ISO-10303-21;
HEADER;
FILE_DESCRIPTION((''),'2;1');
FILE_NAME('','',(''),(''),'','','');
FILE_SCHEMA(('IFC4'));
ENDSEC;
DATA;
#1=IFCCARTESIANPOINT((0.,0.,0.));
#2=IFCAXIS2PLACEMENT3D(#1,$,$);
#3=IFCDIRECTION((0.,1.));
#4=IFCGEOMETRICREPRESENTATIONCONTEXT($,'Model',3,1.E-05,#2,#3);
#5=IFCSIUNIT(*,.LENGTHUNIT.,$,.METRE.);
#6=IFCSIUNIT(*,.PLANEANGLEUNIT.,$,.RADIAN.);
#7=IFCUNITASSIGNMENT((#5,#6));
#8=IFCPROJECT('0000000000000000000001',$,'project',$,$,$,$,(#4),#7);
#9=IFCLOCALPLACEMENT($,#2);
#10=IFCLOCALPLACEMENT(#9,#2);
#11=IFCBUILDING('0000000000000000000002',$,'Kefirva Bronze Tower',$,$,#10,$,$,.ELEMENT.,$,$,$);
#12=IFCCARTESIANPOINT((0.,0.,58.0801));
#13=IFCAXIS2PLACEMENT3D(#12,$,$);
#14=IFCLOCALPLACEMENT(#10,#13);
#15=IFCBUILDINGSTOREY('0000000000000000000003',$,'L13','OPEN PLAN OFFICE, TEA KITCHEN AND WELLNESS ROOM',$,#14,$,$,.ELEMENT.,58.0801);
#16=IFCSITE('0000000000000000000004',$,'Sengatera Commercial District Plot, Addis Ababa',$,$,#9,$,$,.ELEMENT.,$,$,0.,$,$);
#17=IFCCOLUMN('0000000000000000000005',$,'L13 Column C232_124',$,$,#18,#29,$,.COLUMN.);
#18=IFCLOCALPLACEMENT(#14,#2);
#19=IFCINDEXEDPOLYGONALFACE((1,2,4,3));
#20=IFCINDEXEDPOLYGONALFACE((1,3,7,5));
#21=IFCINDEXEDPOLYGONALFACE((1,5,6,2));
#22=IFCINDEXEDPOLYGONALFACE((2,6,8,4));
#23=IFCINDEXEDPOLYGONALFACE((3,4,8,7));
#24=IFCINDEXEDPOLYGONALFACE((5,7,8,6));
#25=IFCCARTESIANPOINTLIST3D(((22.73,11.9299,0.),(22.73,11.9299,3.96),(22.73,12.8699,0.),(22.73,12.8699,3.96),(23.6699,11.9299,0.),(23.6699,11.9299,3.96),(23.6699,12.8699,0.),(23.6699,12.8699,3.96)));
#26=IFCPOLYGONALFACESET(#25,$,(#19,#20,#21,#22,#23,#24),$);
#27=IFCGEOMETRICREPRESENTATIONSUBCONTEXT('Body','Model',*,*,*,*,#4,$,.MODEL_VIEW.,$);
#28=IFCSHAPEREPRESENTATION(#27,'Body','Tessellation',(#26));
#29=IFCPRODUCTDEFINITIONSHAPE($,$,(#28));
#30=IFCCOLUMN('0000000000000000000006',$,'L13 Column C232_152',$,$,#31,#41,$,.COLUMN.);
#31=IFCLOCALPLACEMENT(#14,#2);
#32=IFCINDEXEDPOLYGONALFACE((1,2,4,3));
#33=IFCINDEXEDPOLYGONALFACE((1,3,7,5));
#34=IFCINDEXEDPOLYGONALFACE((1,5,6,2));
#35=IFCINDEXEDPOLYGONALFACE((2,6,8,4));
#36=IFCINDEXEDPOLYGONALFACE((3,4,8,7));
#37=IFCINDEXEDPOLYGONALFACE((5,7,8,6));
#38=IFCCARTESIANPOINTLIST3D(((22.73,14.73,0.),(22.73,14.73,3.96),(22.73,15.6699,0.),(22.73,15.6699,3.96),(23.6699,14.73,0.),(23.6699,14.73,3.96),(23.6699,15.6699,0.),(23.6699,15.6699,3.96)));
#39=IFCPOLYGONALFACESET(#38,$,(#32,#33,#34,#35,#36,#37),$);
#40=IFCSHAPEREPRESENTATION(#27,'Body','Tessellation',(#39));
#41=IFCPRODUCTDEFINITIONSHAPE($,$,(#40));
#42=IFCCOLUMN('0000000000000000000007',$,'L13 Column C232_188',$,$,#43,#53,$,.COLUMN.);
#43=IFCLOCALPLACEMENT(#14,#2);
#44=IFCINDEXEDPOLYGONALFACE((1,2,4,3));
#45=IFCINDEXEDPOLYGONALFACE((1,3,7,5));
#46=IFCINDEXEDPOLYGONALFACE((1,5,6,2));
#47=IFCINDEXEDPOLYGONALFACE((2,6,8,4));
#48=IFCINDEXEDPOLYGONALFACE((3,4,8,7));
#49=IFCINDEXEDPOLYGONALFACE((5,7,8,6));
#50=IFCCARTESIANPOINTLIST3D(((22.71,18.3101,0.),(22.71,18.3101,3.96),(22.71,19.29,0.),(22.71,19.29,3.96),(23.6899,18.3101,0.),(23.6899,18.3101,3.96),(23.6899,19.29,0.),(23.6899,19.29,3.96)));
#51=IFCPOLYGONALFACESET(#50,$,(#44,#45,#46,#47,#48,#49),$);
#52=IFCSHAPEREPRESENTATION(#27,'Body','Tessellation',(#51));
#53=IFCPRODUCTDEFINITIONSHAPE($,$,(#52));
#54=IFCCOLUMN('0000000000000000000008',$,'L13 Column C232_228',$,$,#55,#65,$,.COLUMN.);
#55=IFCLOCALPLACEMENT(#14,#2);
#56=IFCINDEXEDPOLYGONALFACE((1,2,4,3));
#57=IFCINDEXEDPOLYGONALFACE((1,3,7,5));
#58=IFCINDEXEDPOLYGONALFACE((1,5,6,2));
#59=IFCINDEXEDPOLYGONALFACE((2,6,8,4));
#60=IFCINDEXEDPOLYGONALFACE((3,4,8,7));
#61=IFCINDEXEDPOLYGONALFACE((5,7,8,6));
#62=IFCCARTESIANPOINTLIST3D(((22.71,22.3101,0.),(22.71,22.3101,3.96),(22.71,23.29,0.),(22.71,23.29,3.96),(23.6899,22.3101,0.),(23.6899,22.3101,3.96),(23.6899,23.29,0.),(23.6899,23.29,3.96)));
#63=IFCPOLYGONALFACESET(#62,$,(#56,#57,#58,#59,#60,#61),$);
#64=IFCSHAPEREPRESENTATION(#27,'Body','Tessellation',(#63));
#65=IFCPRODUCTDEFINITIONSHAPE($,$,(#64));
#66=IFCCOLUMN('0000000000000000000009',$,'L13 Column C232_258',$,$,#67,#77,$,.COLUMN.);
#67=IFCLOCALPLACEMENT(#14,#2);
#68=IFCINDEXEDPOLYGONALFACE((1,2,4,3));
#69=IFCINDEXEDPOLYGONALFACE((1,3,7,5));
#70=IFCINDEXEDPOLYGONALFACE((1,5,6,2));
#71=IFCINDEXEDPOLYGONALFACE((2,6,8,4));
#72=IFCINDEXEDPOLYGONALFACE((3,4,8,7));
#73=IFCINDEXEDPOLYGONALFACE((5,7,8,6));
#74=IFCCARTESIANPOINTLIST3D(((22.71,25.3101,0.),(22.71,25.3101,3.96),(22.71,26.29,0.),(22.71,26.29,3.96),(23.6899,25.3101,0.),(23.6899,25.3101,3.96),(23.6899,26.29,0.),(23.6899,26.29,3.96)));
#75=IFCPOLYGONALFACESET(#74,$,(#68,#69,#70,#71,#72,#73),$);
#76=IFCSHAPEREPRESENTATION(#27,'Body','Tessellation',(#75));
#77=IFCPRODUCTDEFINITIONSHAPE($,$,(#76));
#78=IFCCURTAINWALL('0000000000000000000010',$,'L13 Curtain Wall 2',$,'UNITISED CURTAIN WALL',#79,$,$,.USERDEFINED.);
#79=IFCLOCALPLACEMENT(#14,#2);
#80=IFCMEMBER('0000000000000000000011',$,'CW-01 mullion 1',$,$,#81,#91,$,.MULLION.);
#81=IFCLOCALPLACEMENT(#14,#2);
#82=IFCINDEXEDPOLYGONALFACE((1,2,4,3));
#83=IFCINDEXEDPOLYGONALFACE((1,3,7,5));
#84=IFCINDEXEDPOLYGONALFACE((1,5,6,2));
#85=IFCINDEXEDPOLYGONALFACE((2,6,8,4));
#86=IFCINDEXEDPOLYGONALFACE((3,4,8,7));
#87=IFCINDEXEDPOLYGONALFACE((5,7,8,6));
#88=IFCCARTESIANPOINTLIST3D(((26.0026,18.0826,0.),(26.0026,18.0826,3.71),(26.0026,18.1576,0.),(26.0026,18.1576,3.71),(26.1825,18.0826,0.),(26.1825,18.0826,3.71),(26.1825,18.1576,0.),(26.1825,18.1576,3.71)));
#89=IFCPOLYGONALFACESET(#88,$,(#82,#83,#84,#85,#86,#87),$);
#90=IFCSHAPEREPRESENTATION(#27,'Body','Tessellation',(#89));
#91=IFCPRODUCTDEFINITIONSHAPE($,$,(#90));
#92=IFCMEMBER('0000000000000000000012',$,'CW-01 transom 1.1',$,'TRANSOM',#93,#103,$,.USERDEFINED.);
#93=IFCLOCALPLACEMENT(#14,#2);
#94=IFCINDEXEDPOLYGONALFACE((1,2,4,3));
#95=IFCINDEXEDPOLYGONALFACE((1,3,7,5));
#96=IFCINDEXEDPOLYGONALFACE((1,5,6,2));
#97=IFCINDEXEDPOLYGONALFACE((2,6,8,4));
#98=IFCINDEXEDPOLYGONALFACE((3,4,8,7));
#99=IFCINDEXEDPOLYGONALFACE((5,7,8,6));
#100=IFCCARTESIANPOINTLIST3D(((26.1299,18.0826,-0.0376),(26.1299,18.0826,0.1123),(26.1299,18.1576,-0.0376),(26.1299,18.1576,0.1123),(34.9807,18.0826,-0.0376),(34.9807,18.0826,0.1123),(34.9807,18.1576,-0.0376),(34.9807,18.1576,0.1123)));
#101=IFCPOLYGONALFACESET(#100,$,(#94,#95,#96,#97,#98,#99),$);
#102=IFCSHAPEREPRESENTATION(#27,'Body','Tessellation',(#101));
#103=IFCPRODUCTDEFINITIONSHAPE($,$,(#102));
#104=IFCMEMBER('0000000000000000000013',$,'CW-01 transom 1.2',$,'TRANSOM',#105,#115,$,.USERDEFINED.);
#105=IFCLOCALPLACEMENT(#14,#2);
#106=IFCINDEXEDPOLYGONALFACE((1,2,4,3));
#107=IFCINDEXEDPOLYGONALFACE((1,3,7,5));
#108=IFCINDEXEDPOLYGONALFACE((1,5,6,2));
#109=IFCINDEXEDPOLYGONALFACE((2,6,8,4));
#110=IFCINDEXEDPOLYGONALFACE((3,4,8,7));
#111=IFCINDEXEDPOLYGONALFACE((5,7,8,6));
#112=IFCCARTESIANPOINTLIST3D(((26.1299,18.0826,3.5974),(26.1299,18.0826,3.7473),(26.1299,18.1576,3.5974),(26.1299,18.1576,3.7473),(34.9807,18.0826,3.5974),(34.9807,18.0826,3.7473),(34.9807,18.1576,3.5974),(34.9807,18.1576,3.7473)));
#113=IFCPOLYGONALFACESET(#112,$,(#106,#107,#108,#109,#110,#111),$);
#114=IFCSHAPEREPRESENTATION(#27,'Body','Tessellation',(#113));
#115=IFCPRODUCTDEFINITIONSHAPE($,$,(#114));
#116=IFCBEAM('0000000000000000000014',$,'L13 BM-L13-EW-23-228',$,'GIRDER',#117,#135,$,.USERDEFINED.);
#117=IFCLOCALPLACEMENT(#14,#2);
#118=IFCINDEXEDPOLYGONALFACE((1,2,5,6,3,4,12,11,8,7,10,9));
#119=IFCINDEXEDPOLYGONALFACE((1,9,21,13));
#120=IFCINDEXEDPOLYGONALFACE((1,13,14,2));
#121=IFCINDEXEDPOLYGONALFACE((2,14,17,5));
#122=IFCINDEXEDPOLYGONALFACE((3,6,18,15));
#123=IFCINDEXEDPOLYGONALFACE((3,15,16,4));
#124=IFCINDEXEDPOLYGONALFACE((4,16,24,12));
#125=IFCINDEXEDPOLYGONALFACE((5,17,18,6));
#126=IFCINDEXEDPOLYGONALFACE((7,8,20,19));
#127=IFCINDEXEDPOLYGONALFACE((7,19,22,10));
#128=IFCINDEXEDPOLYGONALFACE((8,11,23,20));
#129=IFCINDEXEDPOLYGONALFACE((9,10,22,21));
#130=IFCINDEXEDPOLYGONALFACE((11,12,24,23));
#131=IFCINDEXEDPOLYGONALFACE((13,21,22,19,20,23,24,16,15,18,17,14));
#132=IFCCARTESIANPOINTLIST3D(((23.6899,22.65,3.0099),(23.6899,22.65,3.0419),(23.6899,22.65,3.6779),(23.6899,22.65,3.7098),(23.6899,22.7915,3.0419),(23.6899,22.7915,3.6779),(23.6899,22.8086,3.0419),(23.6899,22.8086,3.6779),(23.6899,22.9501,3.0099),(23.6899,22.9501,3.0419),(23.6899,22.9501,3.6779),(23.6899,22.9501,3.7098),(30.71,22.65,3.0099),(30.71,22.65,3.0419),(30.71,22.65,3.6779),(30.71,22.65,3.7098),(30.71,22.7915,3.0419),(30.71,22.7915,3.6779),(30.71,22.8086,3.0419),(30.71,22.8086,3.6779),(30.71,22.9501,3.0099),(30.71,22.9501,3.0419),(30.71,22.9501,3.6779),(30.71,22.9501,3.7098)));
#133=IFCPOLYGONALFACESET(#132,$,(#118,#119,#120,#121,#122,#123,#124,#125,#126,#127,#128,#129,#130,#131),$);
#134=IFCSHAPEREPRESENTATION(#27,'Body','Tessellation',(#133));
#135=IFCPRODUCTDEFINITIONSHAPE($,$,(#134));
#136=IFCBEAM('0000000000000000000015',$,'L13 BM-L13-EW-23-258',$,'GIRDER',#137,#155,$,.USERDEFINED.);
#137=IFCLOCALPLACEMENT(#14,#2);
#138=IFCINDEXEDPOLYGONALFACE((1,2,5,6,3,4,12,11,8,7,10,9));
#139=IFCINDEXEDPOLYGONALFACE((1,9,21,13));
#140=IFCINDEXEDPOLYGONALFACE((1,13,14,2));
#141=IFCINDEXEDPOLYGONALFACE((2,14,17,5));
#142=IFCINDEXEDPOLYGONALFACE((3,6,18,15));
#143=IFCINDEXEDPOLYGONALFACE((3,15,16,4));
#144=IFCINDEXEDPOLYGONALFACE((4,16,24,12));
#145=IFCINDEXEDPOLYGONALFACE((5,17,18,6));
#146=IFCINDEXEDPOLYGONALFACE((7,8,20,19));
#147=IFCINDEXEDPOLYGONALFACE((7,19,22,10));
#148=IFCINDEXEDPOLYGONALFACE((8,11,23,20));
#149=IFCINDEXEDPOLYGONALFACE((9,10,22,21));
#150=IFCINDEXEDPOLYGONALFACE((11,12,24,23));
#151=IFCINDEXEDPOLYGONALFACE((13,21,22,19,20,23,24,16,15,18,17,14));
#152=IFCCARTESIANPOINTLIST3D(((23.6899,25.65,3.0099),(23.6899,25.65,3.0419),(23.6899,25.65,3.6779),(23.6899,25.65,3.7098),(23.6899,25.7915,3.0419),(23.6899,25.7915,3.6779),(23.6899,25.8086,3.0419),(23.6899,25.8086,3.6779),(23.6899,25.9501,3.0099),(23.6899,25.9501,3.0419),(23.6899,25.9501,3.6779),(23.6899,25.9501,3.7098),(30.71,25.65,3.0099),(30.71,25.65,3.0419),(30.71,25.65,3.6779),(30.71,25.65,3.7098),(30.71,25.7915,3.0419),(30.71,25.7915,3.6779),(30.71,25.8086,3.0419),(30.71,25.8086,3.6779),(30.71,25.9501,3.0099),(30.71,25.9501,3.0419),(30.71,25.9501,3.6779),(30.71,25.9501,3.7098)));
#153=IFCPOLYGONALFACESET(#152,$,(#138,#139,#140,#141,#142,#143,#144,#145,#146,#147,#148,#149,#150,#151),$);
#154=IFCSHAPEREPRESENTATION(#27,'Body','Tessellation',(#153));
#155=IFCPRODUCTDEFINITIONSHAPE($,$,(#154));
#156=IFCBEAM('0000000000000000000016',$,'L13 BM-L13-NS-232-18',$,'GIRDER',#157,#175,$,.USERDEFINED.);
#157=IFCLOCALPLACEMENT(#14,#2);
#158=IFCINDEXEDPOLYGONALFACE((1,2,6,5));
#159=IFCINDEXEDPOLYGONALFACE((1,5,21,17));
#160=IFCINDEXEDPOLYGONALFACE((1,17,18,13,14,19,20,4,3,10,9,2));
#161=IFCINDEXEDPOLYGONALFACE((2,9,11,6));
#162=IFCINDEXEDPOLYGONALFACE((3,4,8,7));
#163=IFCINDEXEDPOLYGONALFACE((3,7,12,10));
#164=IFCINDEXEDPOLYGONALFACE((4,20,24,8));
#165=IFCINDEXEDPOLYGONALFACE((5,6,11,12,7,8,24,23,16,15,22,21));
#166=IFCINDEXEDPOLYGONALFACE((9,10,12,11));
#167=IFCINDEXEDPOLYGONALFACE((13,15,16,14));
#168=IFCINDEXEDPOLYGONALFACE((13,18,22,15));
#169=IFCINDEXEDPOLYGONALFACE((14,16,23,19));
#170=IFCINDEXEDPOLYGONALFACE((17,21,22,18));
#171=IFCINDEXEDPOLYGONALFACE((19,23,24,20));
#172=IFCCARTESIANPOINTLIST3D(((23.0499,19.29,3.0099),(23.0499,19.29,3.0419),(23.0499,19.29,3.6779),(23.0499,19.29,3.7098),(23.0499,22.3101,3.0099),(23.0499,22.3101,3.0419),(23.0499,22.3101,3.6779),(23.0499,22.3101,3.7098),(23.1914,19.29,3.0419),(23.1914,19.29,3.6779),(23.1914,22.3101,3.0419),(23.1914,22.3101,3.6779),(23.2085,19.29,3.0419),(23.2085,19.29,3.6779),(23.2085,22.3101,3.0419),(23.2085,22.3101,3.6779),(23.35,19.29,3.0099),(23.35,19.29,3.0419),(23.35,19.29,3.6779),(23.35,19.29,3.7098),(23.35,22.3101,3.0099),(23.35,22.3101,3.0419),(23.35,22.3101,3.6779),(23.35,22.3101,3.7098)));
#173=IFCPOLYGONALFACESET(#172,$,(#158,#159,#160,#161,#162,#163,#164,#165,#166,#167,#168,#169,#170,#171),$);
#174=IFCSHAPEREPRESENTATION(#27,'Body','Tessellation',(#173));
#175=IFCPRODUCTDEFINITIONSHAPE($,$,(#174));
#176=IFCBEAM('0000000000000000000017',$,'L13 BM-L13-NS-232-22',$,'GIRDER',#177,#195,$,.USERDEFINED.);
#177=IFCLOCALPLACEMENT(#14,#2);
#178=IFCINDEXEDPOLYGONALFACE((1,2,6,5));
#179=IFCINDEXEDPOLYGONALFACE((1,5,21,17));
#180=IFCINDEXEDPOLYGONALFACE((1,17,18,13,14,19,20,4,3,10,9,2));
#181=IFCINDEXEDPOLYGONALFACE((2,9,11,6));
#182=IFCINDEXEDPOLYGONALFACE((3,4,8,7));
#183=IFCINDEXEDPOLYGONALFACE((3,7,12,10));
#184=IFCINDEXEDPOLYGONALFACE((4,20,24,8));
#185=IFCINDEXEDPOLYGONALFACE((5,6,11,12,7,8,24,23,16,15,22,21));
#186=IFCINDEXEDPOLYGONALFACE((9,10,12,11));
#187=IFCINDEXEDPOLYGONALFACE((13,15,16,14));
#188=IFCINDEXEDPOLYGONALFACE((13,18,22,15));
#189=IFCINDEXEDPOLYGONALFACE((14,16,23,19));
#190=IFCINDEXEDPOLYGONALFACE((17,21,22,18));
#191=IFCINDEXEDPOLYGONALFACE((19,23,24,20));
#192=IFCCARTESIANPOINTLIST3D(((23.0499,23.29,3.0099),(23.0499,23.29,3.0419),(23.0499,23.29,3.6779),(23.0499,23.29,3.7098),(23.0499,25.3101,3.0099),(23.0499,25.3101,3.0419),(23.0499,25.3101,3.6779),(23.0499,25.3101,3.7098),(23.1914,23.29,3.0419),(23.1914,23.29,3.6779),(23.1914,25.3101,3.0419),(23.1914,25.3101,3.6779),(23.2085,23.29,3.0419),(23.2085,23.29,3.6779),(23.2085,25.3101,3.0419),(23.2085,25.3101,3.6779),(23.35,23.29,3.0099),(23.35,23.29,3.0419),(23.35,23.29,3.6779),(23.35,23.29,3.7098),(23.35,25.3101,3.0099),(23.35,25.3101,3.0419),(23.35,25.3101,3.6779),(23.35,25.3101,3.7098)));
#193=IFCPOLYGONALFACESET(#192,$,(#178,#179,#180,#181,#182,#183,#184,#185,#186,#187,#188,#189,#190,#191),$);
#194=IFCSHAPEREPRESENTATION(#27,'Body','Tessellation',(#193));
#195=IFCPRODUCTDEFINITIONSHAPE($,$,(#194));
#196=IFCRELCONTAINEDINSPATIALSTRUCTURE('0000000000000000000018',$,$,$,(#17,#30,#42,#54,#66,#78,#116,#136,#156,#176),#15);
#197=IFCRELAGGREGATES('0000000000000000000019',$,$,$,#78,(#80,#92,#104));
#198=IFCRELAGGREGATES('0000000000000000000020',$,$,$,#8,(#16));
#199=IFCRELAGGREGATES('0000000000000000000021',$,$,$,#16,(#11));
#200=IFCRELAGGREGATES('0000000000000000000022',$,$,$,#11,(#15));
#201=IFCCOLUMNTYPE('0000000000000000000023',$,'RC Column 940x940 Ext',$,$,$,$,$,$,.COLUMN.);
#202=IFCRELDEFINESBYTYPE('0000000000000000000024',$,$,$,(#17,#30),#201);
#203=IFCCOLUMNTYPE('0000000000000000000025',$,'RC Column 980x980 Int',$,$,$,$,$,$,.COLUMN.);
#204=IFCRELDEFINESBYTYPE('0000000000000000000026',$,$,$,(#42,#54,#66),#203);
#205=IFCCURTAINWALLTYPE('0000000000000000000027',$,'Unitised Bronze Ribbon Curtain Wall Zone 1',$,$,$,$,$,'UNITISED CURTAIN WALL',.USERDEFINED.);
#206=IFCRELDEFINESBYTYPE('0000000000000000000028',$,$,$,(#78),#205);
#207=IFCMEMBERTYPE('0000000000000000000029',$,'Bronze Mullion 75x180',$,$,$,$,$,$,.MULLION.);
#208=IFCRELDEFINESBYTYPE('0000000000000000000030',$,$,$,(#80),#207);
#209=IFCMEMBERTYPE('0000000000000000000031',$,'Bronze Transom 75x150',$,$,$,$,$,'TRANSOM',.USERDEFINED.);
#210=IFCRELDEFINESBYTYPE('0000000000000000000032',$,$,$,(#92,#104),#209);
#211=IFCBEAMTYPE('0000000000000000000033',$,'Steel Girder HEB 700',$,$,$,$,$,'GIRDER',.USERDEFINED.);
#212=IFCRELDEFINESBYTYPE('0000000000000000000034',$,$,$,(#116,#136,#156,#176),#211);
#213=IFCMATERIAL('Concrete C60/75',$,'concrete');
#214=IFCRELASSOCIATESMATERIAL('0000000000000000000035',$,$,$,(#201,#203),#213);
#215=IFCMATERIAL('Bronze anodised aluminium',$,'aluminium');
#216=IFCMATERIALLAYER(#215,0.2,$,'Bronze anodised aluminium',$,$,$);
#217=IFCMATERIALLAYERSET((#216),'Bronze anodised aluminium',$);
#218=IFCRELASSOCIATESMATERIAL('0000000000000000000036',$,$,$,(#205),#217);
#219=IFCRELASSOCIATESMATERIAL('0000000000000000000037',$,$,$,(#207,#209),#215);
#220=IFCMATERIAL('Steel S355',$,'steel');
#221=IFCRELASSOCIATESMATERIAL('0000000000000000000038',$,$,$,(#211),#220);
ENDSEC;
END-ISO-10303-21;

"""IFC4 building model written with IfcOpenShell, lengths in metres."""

from ifc_helpers import new_model, si_unit, direction, frame, origin, origin_2d, place, context, subcontext, project, spatial, rectangle, i_section, extrude, material, layer, layer_set, material_profile, profile_set, type_object, element, aggregate, save


model = new_model("IFC4")

# Units and contexts
model_context = context("Model", 3, precision=1e-05, world=origin(), true_north=direction((0.0, 1.0)))
body_context = subcontext(model_context, "Body", "Model", "MODEL_VIEW")
ifc_project = project(units=[si_unit("LENGTHUNIT", "METRE"), si_unit("PLANEANGLEUNIT", "RADIAN")], contexts=[model_context])

# Site, building, storey
site_placement = place(None, origin())
site = spatial("IfcSite", under=ifc_project, at=site_placement, Name="Sengatera Commercial District Plot, Addis Ababa", CompositionType="ELEMENT", RefElevation=0.0)
building_placement = place(site_placement, origin())
building = spatial("IfcBuilding", under=site, at=building_placement, Name="Kefirva Bronze Tower", CompositionType="ELEMENT")
storey_placement = place(building_placement, frame((0.0, 0.0, 58.0801)))
storey = spatial("IfcBuildingStorey", under=building, at=storey_placement, Name="L13", Description="OPEN PLAN OFFICE, TEA KITCHEN AND WELLNESS ROOM", CompositionType="ELEMENT", Elevation=58.0801)

# Columns
ifc_material_1 = material(Name="Concrete C60/75", Category="concrete")
ifc_material_profile_1 = material_profile(ifc_material_1, rectangle(XDim=0.9399, YDim=0.9399, at=origin_2d()), Name="RC 940x940")
ifc_profile_set_1 = profile_set([ifc_material_profile_1], Name="Concrete C60/75")
column_type_1 = type_object("IfcColumnType", Name="RC Column 940x940 Ext", PredefinedType="COLUMN", material=ifc_profile_set_1)
for number, where, z_axis, x_axis, name in (
    (1, (23.2, 12.3999, 0.0), (0.0, 0.0, 1.0), (1.0, 0.0, 0.0), "L13 Column C232_124"),
    (2, (23.2, 15.2, 0.0), (0.0, 0.0, 1.0), (1.0, 0.0, 0.0), "L13 Column C232_152"),
):
    element("IfcColumn", number, at=place(storey_placement, frame(where, z_axis=z_axis, x_axis=x_axis)), inside=storey, type_object=column_type_1, Name=name, PredefinedType="COLUMN", context=body_context, shape_type="SweptSolid", body=[
        extrude(rectangle(XDim=0.9399, YDim=0.9399, at=origin_2d()), origin(), (0.0, 0.0, 1.0), 3.96),
    ])
ifc_material_profile_2 = material_profile(ifc_material_1, rectangle(XDim=0.98, YDim=0.98, at=origin_2d()), Name="RC 980x980")
ifc_profile_set_2 = profile_set([ifc_material_profile_2], Name="Concrete C60/75")
column_type_2 = type_object("IfcColumnType", Name="RC Column 980x980 Int", PredefinedType="COLUMN", material=ifc_profile_set_2)
for number, where, z_axis, x_axis, name in (
    (3, (23.2, 18.8, 0.0), (0.0, 0.0, 1.0), (1.0, 0.0, 0.0), "L13 Column C232_188"),
    (4, (23.2, 22.8, 0.0), (0.0, 0.0, 1.0), (1.0, 0.0, 0.0), "L13 Column C232_228"),
    (5, (23.2, 25.8, 0.0), (0.0, 0.0, 1.0), (1.0, 0.0, 0.0), "L13 Column C232_258"),
):
    element("IfcColumn", number, at=place(storey_placement, frame(where, z_axis=z_axis, x_axis=x_axis)), inside=storey, type_object=column_type_2, Name=name, PredefinedType="COLUMN", context=body_context, shape_type="SweptSolid", body=[
        extrude(rectangle(XDim=0.98, YDim=0.98, at=origin_2d()), origin(), (0.0, 0.0, 1.0), 3.96),
    ])

# Curtain wall, members
ifc_material_2 = material(Name="Bronze anodised aluminium", Category="aluminium")
ifc_layer_1 = layer(ifc_material_2, 0.2, Name="Bronze anodised aluminium")
ifc_layer_set_1 = layer_set([ifc_layer_1], Name="Bronze anodised aluminium")
curtain_wall_type = type_object("IfcCurtainWallType", Name="Unitised Bronze Ribbon Curtain Wall Zone 1", ElementType="UNITISED CURTAIN WALL", PredefinedType="USERDEFINED", material=ifc_layer_set_1)
curtain_wall_placement = place(storey_placement, origin())
curtain_wall = element("IfcCurtainWall", 6, at=curtain_wall_placement, inside=storey, type_object=curtain_wall_type, Name="L13 Curtain Wall 2", ObjectType="UNITISED CURTAIN WALL", PredefinedType="USERDEFINED")
ifc_material_profile_3 = material_profile(ifc_material_2, rectangle(XDim=0.075, YDim=0.1799, at=origin_2d()), Name="ALU 75x180")
ifc_profile_set_3 = profile_set([ifc_material_profile_3], Name="Bronze anodised aluminium")
member_type_1 = type_object("IfcMemberType", Name="Bronze Mullion 75x180", PredefinedType="MULLION", material=ifc_profile_set_3)
member_1_placement = place(storey_placement, frame((26.0925, 18.1201, 0.0), z_axis=(0.0, 0.0, 1.0), x_axis=(0.0, 1.0, 0.0)))
member_1 = element("IfcMember", 7, at=member_1_placement, type_object=member_type_1, Name="CW-01 mullion 1", PredefinedType="MULLION", context=body_context, shape_type="SweptSolid", body=[
    extrude(rectangle(XDim=0.075, YDim=0.1799, at=origin_2d()), origin(), (0.0, 0.0, 1.0), 3.71),
])
ifc_material_profile_4 = material_profile(ifc_material_2, rectangle(XDim=0.075, YDim=0.1499, at=origin_2d()), Name="ALU 75x150")
ifc_profile_set_4 = profile_set([ifc_material_profile_4], Name="Bronze anodised aluminium")
member_type_2 = type_object("IfcMemberType", Name="Bronze Transom 75x150", ElementType="TRANSOM", PredefinedType="USERDEFINED", material=ifc_profile_set_4)
member_2_placement = place(storey_placement, frame((26.1299, 18.1201, 0.0374), z_axis=(1.0, 0.0, 0.0), x_axis=(0.0, 1.0, 0.0)))
member_2 = element("IfcMember", 8, at=member_2_placement, type_object=member_type_2, Name="CW-01 transom 1.1", ObjectType="TRANSOM", PredefinedType="USERDEFINED", context=body_context, shape_type="SweptSolid", body=[
    extrude(rectangle(XDim=0.075, YDim=0.1499, at=origin_2d()), origin(), (0.0, 0.0, 1.0), 8.8508),
])
member_3_placement = place(storey_placement, frame((26.1299, 18.1201, 3.6724), z_axis=(1.0, 0.0, 0.0), x_axis=(0.0, 1.0, 0.0)))
member_3 = element("IfcMember", 9, at=member_3_placement, type_object=member_type_2, Name="CW-01 transom 1.2", ObjectType="TRANSOM", PredefinedType="USERDEFINED", context=body_context, shape_type="SweptSolid", body=[
    extrude(rectangle(XDim=0.075, YDim=0.1499, at=origin_2d()), origin(), (0.0, 0.0, 1.0), 8.8508),
])

# Beams
ifc_material_3 = material(Name="Steel S355", Category="steel")
ifc_material_profile_5 = material_profile(ifc_material_3, i_section(OverallWidth=0.3, OverallDepth=0.7, WebThickness=0.0171, FlangeThickness=0.032, at=origin_2d()), Name="HEB 700")
ifc_profile_set_5 = profile_set([ifc_material_profile_5], Name="Steel S355")
beam_type_1 = type_object("IfcBeamType", Name="Steel Girder HEB 700", ElementType="GIRDER", PredefinedType="USERDEFINED", material=ifc_profile_set_5)
for number, where, z_axis, x_axis, name in (
    (10, (23.6899, 22.8, 3.3599), (1.0, 0.0, 0.0), (0.0, 1.0, 0.0), "L13 BM-L13-EW-23-228"),
    (11, (23.6899, 25.8, 3.3599), (1.0, 0.0, 0.0), (0.0, 1.0, 0.0), "L13 BM-L13-EW-23-258"),
):
    element("IfcBeam", number, at=place(storey_placement, frame(where, z_axis=z_axis, x_axis=x_axis)), inside=storey, type_object=beam_type_1, Name=name, ObjectType="GIRDER", PredefinedType="USERDEFINED", context=body_context, shape_type="SweptSolid", body=[
        extrude(i_section(OverallWidth=0.3, OverallDepth=0.7, WebThickness=0.0171, FlangeThickness=0.032, at=origin_2d()), origin(), (0.0, 0.0, 1.0), 7.02),
    ])
beam_1_placement = place(storey_placement, frame((23.2, 19.29, 3.3599), z_axis=(0.0, 1.0, 0.0), x_axis=(-1.0, 0.0, 0.0)))
element("IfcBeam", 12, at=beam_1_placement, inside=storey, type_object=beam_type_1, Name="L13 BM-L13-NS-232-18", ObjectType="GIRDER", PredefinedType="USERDEFINED", context=body_context, shape_type="SweptSolid", body=[
    extrude(i_section(OverallWidth=0.3, OverallDepth=0.7, WebThickness=0.0171, FlangeThickness=0.032, at=origin_2d()), origin(), (0.0, 0.0, 1.0), 3.02),
])
beam_2_placement = place(storey_placement, frame((23.2, 23.29, 3.3599), z_axis=(0.0, 1.0, 0.0), x_axis=(-1.0, 0.0, 0.0)))
element("IfcBeam", 13, at=beam_2_placement, inside=storey, type_object=beam_type_1, Name="L13 BM-L13-NS-232-22", ObjectType="GIRDER", PredefinedType="USERDEFINED", context=body_context, shape_type="SweptSolid", body=[
    extrude(i_section(OverallWidth=0.3, OverallDepth=0.7, WebThickness=0.0171, FlangeThickness=0.032, at=origin_2d()), origin(), (0.0, 0.0, 1.0), 2.02),
])

aggregate(curtain_wall, [member_1, member_2, member_3])

save(model, "model.ifc")
